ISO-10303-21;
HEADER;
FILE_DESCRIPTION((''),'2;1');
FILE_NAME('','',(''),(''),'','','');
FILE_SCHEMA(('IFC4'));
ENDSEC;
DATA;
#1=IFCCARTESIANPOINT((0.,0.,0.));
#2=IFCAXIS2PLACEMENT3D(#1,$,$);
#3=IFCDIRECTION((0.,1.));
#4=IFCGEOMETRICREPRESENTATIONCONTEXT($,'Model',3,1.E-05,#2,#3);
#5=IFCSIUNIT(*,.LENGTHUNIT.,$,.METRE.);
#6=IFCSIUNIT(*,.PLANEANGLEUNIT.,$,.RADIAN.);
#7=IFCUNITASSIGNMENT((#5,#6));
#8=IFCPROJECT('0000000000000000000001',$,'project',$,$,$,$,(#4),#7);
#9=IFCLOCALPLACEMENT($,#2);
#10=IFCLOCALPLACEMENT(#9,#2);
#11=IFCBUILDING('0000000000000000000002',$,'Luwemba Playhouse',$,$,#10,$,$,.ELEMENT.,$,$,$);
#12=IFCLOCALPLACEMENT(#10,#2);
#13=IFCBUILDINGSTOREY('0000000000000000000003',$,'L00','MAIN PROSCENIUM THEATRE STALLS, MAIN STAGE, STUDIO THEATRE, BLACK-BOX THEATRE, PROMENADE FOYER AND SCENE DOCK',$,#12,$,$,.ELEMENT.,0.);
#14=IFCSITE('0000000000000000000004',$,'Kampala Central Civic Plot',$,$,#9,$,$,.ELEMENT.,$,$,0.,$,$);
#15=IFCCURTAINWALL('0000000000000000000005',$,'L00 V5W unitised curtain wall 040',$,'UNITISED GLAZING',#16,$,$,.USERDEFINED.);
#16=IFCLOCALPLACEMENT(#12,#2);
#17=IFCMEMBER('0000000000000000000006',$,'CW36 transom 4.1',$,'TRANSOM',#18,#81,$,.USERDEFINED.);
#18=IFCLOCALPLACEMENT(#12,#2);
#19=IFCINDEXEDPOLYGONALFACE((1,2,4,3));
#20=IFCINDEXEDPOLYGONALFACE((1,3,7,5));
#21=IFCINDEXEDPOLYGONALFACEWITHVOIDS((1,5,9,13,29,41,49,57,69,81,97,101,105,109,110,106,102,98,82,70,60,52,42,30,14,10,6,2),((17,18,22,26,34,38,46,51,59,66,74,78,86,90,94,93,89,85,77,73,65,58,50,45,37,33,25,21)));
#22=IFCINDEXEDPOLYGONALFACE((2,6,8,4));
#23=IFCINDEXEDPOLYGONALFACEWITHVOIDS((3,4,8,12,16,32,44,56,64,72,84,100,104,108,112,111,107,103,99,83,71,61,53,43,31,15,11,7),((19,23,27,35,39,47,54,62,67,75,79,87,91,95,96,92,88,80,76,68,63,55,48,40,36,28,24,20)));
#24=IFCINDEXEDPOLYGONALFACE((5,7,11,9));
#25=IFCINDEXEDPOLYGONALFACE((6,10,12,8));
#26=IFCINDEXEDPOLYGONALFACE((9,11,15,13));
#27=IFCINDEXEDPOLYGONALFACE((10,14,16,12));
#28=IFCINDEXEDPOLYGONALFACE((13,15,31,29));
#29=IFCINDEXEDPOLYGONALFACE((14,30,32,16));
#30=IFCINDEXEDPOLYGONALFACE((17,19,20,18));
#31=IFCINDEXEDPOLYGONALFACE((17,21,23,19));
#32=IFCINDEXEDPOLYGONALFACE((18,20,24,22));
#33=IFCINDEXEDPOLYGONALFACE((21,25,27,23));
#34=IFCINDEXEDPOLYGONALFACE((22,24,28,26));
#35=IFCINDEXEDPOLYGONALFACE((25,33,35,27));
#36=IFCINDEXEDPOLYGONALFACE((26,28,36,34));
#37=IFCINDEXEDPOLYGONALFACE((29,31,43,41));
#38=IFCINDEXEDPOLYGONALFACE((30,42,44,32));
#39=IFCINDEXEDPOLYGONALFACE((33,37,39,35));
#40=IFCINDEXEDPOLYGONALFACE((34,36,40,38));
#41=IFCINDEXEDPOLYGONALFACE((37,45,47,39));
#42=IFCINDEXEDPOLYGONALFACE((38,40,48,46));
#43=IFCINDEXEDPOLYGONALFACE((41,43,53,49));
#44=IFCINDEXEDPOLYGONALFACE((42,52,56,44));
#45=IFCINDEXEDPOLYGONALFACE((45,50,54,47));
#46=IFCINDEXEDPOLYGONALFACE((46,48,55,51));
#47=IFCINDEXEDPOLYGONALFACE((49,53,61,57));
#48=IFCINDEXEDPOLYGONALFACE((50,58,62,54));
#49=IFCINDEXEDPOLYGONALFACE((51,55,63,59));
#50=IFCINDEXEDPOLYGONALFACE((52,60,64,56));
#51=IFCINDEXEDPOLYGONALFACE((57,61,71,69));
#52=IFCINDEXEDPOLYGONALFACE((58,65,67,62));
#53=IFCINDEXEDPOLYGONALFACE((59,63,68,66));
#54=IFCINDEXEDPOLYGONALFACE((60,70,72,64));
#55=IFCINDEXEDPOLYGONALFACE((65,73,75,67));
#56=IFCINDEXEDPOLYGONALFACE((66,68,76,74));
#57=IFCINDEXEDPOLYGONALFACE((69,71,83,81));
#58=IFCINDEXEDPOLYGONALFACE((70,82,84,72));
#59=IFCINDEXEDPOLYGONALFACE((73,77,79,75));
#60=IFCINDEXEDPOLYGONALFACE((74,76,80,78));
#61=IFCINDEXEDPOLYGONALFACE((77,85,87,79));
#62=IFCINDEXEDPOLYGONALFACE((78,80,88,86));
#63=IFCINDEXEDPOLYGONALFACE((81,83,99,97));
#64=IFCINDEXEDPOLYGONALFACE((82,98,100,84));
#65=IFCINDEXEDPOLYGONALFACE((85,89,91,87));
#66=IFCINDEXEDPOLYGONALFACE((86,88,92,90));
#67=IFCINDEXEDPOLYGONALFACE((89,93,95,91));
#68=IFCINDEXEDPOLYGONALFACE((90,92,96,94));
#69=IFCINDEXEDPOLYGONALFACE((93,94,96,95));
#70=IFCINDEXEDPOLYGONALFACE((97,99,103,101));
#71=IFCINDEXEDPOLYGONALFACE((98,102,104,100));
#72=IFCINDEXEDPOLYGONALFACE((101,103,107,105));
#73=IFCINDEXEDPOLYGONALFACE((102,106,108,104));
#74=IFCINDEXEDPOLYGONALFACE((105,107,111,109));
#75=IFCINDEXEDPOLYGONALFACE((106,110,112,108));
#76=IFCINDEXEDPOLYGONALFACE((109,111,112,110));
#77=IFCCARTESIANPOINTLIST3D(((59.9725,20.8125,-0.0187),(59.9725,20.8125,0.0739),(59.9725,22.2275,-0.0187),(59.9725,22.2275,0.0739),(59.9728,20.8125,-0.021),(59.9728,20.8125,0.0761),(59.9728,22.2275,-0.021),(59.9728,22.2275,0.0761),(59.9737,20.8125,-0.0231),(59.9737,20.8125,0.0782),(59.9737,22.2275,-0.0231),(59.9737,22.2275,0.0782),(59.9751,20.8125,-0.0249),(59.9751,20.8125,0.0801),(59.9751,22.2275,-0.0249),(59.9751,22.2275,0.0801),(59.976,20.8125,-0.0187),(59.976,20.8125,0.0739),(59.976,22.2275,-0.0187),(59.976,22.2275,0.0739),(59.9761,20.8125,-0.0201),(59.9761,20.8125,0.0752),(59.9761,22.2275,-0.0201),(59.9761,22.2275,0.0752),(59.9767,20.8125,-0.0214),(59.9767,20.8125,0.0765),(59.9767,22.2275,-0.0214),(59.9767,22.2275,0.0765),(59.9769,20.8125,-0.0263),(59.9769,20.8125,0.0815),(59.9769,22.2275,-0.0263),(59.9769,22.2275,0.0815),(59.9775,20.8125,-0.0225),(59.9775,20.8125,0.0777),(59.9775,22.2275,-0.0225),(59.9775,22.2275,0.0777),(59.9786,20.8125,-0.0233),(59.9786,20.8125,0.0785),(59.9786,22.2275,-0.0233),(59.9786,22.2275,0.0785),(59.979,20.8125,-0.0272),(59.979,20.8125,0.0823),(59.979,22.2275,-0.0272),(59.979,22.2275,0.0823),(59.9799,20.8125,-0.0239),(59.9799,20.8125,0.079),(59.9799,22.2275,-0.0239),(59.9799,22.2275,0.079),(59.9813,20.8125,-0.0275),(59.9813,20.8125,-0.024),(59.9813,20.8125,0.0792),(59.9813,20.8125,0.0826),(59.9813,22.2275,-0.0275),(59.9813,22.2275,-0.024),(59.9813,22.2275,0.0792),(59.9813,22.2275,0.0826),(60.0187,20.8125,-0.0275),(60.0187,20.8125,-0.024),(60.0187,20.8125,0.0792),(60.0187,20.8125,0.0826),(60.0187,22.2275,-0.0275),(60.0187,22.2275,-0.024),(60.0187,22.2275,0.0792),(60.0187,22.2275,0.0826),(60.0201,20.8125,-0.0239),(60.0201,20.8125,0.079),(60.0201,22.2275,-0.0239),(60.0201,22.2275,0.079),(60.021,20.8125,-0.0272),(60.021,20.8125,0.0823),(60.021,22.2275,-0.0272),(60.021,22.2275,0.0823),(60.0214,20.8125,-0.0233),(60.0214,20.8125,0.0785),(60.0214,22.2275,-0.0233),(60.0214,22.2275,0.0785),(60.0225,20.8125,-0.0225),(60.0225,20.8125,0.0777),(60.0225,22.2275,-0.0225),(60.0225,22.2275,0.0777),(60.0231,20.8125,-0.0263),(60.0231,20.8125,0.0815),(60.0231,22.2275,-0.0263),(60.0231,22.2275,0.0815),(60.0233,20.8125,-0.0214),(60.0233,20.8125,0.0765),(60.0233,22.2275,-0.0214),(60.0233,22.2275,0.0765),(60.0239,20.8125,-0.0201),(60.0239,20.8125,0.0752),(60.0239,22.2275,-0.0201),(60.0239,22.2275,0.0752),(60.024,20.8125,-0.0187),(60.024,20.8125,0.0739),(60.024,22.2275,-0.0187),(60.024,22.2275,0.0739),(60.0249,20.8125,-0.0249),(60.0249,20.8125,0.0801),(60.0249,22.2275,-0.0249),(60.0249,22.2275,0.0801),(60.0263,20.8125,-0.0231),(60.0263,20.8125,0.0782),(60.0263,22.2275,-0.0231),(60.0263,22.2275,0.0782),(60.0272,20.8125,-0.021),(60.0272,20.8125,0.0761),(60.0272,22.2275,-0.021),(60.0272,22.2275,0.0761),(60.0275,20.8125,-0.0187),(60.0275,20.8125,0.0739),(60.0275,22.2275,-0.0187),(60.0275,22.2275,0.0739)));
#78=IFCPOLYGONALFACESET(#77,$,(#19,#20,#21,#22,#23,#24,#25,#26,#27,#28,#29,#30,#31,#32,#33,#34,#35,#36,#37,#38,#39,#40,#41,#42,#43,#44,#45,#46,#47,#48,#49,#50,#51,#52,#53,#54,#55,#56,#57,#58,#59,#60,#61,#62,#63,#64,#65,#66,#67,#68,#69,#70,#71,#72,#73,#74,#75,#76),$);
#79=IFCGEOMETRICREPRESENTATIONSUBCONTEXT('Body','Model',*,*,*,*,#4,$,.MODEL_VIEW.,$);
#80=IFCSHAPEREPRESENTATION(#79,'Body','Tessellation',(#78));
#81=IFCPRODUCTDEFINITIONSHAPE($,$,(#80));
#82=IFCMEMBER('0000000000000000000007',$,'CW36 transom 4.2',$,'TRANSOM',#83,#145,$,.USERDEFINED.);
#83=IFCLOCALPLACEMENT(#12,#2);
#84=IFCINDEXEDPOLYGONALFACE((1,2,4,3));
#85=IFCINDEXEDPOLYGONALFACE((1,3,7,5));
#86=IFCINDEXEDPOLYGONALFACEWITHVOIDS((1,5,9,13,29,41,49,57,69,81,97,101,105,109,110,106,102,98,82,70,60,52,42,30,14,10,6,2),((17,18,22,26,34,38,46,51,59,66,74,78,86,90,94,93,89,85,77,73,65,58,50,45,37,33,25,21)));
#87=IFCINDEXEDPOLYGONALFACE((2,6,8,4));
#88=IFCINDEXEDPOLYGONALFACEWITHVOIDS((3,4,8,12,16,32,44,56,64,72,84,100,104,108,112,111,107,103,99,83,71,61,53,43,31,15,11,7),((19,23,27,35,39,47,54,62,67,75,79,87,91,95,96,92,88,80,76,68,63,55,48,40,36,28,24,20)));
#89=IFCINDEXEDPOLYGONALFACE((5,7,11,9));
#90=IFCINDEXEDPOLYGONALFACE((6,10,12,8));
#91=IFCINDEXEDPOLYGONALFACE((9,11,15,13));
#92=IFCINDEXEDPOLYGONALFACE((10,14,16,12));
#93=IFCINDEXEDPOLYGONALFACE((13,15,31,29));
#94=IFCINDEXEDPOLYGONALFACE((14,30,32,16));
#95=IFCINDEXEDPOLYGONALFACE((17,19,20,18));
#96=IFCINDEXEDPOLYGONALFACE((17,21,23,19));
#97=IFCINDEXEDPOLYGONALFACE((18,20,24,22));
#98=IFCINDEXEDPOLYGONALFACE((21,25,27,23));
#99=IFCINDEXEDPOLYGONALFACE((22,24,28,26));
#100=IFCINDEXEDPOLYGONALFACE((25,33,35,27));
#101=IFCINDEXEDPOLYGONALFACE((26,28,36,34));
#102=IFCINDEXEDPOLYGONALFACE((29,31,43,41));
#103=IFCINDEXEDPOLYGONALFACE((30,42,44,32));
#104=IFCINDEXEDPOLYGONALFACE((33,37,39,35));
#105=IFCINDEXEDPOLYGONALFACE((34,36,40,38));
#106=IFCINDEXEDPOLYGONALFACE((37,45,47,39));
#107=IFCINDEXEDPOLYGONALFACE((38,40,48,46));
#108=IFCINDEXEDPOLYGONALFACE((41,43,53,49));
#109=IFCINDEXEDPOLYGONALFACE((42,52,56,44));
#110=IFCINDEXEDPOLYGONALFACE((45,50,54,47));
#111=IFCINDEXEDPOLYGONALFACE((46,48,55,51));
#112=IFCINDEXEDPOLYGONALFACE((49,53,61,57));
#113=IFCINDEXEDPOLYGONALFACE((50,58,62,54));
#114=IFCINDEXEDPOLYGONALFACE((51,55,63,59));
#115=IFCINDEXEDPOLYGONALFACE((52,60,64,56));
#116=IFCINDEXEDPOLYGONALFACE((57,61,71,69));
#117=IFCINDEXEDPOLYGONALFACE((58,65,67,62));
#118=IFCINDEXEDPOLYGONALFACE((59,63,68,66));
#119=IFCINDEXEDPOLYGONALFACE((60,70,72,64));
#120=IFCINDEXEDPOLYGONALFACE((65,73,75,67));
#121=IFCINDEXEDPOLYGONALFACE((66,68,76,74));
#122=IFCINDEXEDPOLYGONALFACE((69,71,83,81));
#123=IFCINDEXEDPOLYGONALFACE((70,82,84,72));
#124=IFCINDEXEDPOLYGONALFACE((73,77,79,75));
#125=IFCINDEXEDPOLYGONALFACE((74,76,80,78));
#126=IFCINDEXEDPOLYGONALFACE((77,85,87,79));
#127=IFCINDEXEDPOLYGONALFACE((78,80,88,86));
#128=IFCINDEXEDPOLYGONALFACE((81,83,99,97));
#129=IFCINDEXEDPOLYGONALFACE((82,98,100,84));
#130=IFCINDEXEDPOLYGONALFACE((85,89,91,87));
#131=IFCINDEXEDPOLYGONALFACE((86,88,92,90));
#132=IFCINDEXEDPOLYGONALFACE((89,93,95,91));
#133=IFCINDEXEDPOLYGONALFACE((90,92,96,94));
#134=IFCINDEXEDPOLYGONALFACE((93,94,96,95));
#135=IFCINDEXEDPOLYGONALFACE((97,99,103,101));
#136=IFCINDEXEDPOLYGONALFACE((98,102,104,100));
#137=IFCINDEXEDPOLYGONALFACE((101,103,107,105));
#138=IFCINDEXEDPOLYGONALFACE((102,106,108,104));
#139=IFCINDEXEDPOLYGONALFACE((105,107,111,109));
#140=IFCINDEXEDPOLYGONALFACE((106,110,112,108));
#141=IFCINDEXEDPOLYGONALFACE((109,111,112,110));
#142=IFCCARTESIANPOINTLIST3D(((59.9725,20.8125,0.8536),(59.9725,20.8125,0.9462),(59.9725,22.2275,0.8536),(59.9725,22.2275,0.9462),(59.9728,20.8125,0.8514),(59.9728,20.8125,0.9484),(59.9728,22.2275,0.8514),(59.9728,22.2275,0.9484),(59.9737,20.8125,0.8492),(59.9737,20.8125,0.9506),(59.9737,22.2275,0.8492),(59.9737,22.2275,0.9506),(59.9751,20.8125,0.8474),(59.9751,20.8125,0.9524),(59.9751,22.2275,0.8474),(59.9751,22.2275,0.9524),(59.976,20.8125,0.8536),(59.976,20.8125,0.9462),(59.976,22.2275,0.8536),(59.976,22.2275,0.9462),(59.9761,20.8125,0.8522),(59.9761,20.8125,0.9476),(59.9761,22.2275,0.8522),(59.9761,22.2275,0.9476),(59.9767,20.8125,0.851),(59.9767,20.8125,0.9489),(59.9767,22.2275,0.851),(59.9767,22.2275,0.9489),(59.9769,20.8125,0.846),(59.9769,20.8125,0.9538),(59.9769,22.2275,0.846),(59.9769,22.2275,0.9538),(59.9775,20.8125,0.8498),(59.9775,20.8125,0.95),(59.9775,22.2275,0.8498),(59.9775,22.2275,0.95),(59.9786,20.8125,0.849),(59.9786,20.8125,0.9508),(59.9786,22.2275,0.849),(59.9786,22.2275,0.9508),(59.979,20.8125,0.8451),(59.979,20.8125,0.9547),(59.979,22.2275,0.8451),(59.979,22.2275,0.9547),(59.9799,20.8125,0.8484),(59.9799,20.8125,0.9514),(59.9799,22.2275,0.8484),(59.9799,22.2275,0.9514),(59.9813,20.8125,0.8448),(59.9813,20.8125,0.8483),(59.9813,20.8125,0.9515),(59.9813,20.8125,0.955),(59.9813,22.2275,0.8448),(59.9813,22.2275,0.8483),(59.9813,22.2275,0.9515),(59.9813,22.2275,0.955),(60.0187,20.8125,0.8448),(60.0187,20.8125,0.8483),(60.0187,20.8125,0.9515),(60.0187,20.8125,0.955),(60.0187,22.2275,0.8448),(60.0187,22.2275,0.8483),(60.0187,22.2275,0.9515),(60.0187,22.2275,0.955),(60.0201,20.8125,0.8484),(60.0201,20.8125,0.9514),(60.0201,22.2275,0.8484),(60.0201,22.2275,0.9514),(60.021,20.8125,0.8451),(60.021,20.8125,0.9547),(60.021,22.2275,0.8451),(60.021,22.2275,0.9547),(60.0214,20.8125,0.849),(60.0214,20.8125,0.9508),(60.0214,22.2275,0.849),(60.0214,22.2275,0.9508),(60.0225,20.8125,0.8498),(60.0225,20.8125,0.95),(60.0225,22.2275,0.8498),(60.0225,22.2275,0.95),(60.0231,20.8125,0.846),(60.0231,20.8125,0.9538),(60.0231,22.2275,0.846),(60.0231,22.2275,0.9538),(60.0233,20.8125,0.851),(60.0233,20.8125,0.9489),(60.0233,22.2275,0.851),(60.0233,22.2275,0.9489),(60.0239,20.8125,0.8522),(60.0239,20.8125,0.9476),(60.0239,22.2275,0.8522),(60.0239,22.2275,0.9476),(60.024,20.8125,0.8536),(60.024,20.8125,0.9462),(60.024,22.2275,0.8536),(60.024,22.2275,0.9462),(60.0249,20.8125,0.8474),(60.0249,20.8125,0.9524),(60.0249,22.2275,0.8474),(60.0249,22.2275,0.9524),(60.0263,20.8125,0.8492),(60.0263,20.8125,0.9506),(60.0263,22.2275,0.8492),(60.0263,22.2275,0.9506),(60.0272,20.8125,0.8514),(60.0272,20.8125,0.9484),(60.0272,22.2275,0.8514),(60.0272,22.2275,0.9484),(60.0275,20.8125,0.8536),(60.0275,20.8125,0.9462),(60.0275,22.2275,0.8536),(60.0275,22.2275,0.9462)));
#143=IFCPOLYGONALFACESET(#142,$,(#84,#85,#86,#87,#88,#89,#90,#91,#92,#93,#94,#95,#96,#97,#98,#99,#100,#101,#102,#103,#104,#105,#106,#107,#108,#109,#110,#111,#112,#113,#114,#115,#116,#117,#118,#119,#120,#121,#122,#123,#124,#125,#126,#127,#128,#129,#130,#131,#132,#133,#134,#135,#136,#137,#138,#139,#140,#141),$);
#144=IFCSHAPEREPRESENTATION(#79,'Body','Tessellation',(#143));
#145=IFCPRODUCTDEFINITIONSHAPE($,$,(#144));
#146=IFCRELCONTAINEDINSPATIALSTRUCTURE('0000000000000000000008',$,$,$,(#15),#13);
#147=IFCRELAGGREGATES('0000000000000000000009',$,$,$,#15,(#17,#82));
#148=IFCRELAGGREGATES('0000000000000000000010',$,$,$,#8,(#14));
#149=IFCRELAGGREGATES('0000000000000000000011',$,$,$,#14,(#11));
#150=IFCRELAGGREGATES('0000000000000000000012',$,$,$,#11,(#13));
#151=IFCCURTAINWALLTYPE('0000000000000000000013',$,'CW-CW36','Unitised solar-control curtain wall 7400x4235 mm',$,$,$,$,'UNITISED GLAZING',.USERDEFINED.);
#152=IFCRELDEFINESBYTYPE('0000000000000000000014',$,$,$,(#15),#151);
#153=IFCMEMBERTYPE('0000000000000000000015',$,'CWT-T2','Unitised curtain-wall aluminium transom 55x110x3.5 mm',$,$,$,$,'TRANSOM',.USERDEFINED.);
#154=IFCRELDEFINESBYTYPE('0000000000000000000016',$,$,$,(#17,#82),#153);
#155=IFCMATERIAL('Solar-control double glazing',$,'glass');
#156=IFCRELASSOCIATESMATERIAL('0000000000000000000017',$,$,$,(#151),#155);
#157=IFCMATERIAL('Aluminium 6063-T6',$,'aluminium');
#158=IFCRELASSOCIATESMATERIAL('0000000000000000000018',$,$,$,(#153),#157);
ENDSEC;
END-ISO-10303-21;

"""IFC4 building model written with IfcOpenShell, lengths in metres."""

from ifc_helpers import new_model, si_unit, direction, frame, origin, origin_2d, place, context, subcontext, project, spatial, hollow_rectangle, extrude, material, material_profile, profile_set, type_object, element, aggregate, save


model = new_model("IFC4")

# Units and contexts
model_context = context("Model", 3, precision=1e-05, world=origin(), true_north=direction((0.0, 1.0)))
body_context = subcontext(model_context, "Body", "Model", "MODEL_VIEW")
ifc_project = project(units=[si_unit("LENGTHUNIT", "METRE"), si_unit("PLANEANGLEUNIT", "RADIAN")], contexts=[model_context])

# Site, building, storey
site_placement = place(None, origin())
site = spatial("IfcSite", under=ifc_project, at=site_placement, Name="Kampala Central Civic Plot", CompositionType="ELEMENT", RefElevation=0.0)
building_placement = place(site_placement, origin())
building = spatial("IfcBuilding", under=site, at=building_placement, Name="Luwemba Playhouse", CompositionType="ELEMENT")
storey_placement = place(building_placement, origin())
storey = spatial("IfcBuildingStorey", under=building, at=storey_placement, Name="L00", Description="MAIN PROSCENIUM THEATRE STALLS, MAIN STAGE, STUDIO THEATRE, BLACK-BOX THEATRE, PROMENADE FOYER AND SCENE DOCK", CompositionType="ELEMENT", Elevation=0.0)

# Curtain wall
ifc_material_1 = material(Name="Solar-control double glazing", Category="glass")
curtain_wall_type_1 = type_object("IfcCurtainWallType", Name="CW-CW36", Description="Unitised solar-control curtain wall 7400x4235 mm", ElementType="UNITISED GLAZING", PredefinedType="USERDEFINED", material=ifc_material_1)
curtain_wall_1_placement = place(storey_placement, origin())
curtain_wall_1 = element("IfcCurtainWall", 1, at=curtain_wall_1_placement, inside=storey, type_object=curtain_wall_type_1, Name="L00 V5W unitised curtain wall 040", ObjectType="UNITISED GLAZING", PredefinedType="USERDEFINED")
ifc_material_2 = material(Name="Aluminium 6063-T6", Category="aluminium")

# Members
ifc_material_profile_1 = material_profile(ifc_material_2, hollow_rectangle(XDim=0.0549, YDim=0.1101, WallThickness=0.0034, InnerFilletRadius=0.0054, OuterFilletRadius=0.0088, at=origin_2d()))
ifc_profile_set_1 = profile_set([ifc_material_profile_1], Name="Aluminium 6063-T6")
member_type_1 = type_object("IfcMemberType", Name="CWT-T2", Description="Unitised curtain-wall aluminium transom 55x110x3.5 mm", ElementType="TRANSOM", PredefinedType="USERDEFINED", material=ifc_profile_set_1)
member_1_placement = place(storey_placement, frame((60.0, 22.2275, 0.0276), z_axis=(0.0, -1.0, 0.0), x_axis=(1.0, 0.0, 0.0)))
member_1 = element("IfcMember", 2, at=member_1_placement, type_object=member_type_1, Name="CW36 transom 4.1", ObjectType="TRANSOM", PredefinedType="USERDEFINED", context=body_context, shape_type="SweptSolid", body=[
    extrude(hollow_rectangle(XDim=0.0549, YDim=0.1101, WallThickness=0.0034, InnerFilletRadius=0.0054, OuterFilletRadius=0.0088, at=origin_2d()), origin(), (0.0, 0.0, 1.0), 1.415),
])
member_2_placement = place(storey_placement, frame((60.0, 22.2275, 0.8999), z_axis=(0.0, -1.0, 0.0), x_axis=(1.0, 0.0, 0.0)))
member_2 = element("IfcMember", 3, at=member_2_placement, type_object=member_type_1, Name="CW36 transom 4.2", ObjectType="TRANSOM", PredefinedType="USERDEFINED", context=body_context, shape_type="SweptSolid", body=[
    extrude(hollow_rectangle(XDim=0.0549, YDim=0.1101, WallThickness=0.0034, InnerFilletRadius=0.0054, OuterFilletRadius=0.0088, at=origin_2d()), origin(), (0.0, 0.0, 1.0), 1.415),
])

aggregate(curtain_wall_1, [member_1, member_2])

save(model, "model.ifc")
